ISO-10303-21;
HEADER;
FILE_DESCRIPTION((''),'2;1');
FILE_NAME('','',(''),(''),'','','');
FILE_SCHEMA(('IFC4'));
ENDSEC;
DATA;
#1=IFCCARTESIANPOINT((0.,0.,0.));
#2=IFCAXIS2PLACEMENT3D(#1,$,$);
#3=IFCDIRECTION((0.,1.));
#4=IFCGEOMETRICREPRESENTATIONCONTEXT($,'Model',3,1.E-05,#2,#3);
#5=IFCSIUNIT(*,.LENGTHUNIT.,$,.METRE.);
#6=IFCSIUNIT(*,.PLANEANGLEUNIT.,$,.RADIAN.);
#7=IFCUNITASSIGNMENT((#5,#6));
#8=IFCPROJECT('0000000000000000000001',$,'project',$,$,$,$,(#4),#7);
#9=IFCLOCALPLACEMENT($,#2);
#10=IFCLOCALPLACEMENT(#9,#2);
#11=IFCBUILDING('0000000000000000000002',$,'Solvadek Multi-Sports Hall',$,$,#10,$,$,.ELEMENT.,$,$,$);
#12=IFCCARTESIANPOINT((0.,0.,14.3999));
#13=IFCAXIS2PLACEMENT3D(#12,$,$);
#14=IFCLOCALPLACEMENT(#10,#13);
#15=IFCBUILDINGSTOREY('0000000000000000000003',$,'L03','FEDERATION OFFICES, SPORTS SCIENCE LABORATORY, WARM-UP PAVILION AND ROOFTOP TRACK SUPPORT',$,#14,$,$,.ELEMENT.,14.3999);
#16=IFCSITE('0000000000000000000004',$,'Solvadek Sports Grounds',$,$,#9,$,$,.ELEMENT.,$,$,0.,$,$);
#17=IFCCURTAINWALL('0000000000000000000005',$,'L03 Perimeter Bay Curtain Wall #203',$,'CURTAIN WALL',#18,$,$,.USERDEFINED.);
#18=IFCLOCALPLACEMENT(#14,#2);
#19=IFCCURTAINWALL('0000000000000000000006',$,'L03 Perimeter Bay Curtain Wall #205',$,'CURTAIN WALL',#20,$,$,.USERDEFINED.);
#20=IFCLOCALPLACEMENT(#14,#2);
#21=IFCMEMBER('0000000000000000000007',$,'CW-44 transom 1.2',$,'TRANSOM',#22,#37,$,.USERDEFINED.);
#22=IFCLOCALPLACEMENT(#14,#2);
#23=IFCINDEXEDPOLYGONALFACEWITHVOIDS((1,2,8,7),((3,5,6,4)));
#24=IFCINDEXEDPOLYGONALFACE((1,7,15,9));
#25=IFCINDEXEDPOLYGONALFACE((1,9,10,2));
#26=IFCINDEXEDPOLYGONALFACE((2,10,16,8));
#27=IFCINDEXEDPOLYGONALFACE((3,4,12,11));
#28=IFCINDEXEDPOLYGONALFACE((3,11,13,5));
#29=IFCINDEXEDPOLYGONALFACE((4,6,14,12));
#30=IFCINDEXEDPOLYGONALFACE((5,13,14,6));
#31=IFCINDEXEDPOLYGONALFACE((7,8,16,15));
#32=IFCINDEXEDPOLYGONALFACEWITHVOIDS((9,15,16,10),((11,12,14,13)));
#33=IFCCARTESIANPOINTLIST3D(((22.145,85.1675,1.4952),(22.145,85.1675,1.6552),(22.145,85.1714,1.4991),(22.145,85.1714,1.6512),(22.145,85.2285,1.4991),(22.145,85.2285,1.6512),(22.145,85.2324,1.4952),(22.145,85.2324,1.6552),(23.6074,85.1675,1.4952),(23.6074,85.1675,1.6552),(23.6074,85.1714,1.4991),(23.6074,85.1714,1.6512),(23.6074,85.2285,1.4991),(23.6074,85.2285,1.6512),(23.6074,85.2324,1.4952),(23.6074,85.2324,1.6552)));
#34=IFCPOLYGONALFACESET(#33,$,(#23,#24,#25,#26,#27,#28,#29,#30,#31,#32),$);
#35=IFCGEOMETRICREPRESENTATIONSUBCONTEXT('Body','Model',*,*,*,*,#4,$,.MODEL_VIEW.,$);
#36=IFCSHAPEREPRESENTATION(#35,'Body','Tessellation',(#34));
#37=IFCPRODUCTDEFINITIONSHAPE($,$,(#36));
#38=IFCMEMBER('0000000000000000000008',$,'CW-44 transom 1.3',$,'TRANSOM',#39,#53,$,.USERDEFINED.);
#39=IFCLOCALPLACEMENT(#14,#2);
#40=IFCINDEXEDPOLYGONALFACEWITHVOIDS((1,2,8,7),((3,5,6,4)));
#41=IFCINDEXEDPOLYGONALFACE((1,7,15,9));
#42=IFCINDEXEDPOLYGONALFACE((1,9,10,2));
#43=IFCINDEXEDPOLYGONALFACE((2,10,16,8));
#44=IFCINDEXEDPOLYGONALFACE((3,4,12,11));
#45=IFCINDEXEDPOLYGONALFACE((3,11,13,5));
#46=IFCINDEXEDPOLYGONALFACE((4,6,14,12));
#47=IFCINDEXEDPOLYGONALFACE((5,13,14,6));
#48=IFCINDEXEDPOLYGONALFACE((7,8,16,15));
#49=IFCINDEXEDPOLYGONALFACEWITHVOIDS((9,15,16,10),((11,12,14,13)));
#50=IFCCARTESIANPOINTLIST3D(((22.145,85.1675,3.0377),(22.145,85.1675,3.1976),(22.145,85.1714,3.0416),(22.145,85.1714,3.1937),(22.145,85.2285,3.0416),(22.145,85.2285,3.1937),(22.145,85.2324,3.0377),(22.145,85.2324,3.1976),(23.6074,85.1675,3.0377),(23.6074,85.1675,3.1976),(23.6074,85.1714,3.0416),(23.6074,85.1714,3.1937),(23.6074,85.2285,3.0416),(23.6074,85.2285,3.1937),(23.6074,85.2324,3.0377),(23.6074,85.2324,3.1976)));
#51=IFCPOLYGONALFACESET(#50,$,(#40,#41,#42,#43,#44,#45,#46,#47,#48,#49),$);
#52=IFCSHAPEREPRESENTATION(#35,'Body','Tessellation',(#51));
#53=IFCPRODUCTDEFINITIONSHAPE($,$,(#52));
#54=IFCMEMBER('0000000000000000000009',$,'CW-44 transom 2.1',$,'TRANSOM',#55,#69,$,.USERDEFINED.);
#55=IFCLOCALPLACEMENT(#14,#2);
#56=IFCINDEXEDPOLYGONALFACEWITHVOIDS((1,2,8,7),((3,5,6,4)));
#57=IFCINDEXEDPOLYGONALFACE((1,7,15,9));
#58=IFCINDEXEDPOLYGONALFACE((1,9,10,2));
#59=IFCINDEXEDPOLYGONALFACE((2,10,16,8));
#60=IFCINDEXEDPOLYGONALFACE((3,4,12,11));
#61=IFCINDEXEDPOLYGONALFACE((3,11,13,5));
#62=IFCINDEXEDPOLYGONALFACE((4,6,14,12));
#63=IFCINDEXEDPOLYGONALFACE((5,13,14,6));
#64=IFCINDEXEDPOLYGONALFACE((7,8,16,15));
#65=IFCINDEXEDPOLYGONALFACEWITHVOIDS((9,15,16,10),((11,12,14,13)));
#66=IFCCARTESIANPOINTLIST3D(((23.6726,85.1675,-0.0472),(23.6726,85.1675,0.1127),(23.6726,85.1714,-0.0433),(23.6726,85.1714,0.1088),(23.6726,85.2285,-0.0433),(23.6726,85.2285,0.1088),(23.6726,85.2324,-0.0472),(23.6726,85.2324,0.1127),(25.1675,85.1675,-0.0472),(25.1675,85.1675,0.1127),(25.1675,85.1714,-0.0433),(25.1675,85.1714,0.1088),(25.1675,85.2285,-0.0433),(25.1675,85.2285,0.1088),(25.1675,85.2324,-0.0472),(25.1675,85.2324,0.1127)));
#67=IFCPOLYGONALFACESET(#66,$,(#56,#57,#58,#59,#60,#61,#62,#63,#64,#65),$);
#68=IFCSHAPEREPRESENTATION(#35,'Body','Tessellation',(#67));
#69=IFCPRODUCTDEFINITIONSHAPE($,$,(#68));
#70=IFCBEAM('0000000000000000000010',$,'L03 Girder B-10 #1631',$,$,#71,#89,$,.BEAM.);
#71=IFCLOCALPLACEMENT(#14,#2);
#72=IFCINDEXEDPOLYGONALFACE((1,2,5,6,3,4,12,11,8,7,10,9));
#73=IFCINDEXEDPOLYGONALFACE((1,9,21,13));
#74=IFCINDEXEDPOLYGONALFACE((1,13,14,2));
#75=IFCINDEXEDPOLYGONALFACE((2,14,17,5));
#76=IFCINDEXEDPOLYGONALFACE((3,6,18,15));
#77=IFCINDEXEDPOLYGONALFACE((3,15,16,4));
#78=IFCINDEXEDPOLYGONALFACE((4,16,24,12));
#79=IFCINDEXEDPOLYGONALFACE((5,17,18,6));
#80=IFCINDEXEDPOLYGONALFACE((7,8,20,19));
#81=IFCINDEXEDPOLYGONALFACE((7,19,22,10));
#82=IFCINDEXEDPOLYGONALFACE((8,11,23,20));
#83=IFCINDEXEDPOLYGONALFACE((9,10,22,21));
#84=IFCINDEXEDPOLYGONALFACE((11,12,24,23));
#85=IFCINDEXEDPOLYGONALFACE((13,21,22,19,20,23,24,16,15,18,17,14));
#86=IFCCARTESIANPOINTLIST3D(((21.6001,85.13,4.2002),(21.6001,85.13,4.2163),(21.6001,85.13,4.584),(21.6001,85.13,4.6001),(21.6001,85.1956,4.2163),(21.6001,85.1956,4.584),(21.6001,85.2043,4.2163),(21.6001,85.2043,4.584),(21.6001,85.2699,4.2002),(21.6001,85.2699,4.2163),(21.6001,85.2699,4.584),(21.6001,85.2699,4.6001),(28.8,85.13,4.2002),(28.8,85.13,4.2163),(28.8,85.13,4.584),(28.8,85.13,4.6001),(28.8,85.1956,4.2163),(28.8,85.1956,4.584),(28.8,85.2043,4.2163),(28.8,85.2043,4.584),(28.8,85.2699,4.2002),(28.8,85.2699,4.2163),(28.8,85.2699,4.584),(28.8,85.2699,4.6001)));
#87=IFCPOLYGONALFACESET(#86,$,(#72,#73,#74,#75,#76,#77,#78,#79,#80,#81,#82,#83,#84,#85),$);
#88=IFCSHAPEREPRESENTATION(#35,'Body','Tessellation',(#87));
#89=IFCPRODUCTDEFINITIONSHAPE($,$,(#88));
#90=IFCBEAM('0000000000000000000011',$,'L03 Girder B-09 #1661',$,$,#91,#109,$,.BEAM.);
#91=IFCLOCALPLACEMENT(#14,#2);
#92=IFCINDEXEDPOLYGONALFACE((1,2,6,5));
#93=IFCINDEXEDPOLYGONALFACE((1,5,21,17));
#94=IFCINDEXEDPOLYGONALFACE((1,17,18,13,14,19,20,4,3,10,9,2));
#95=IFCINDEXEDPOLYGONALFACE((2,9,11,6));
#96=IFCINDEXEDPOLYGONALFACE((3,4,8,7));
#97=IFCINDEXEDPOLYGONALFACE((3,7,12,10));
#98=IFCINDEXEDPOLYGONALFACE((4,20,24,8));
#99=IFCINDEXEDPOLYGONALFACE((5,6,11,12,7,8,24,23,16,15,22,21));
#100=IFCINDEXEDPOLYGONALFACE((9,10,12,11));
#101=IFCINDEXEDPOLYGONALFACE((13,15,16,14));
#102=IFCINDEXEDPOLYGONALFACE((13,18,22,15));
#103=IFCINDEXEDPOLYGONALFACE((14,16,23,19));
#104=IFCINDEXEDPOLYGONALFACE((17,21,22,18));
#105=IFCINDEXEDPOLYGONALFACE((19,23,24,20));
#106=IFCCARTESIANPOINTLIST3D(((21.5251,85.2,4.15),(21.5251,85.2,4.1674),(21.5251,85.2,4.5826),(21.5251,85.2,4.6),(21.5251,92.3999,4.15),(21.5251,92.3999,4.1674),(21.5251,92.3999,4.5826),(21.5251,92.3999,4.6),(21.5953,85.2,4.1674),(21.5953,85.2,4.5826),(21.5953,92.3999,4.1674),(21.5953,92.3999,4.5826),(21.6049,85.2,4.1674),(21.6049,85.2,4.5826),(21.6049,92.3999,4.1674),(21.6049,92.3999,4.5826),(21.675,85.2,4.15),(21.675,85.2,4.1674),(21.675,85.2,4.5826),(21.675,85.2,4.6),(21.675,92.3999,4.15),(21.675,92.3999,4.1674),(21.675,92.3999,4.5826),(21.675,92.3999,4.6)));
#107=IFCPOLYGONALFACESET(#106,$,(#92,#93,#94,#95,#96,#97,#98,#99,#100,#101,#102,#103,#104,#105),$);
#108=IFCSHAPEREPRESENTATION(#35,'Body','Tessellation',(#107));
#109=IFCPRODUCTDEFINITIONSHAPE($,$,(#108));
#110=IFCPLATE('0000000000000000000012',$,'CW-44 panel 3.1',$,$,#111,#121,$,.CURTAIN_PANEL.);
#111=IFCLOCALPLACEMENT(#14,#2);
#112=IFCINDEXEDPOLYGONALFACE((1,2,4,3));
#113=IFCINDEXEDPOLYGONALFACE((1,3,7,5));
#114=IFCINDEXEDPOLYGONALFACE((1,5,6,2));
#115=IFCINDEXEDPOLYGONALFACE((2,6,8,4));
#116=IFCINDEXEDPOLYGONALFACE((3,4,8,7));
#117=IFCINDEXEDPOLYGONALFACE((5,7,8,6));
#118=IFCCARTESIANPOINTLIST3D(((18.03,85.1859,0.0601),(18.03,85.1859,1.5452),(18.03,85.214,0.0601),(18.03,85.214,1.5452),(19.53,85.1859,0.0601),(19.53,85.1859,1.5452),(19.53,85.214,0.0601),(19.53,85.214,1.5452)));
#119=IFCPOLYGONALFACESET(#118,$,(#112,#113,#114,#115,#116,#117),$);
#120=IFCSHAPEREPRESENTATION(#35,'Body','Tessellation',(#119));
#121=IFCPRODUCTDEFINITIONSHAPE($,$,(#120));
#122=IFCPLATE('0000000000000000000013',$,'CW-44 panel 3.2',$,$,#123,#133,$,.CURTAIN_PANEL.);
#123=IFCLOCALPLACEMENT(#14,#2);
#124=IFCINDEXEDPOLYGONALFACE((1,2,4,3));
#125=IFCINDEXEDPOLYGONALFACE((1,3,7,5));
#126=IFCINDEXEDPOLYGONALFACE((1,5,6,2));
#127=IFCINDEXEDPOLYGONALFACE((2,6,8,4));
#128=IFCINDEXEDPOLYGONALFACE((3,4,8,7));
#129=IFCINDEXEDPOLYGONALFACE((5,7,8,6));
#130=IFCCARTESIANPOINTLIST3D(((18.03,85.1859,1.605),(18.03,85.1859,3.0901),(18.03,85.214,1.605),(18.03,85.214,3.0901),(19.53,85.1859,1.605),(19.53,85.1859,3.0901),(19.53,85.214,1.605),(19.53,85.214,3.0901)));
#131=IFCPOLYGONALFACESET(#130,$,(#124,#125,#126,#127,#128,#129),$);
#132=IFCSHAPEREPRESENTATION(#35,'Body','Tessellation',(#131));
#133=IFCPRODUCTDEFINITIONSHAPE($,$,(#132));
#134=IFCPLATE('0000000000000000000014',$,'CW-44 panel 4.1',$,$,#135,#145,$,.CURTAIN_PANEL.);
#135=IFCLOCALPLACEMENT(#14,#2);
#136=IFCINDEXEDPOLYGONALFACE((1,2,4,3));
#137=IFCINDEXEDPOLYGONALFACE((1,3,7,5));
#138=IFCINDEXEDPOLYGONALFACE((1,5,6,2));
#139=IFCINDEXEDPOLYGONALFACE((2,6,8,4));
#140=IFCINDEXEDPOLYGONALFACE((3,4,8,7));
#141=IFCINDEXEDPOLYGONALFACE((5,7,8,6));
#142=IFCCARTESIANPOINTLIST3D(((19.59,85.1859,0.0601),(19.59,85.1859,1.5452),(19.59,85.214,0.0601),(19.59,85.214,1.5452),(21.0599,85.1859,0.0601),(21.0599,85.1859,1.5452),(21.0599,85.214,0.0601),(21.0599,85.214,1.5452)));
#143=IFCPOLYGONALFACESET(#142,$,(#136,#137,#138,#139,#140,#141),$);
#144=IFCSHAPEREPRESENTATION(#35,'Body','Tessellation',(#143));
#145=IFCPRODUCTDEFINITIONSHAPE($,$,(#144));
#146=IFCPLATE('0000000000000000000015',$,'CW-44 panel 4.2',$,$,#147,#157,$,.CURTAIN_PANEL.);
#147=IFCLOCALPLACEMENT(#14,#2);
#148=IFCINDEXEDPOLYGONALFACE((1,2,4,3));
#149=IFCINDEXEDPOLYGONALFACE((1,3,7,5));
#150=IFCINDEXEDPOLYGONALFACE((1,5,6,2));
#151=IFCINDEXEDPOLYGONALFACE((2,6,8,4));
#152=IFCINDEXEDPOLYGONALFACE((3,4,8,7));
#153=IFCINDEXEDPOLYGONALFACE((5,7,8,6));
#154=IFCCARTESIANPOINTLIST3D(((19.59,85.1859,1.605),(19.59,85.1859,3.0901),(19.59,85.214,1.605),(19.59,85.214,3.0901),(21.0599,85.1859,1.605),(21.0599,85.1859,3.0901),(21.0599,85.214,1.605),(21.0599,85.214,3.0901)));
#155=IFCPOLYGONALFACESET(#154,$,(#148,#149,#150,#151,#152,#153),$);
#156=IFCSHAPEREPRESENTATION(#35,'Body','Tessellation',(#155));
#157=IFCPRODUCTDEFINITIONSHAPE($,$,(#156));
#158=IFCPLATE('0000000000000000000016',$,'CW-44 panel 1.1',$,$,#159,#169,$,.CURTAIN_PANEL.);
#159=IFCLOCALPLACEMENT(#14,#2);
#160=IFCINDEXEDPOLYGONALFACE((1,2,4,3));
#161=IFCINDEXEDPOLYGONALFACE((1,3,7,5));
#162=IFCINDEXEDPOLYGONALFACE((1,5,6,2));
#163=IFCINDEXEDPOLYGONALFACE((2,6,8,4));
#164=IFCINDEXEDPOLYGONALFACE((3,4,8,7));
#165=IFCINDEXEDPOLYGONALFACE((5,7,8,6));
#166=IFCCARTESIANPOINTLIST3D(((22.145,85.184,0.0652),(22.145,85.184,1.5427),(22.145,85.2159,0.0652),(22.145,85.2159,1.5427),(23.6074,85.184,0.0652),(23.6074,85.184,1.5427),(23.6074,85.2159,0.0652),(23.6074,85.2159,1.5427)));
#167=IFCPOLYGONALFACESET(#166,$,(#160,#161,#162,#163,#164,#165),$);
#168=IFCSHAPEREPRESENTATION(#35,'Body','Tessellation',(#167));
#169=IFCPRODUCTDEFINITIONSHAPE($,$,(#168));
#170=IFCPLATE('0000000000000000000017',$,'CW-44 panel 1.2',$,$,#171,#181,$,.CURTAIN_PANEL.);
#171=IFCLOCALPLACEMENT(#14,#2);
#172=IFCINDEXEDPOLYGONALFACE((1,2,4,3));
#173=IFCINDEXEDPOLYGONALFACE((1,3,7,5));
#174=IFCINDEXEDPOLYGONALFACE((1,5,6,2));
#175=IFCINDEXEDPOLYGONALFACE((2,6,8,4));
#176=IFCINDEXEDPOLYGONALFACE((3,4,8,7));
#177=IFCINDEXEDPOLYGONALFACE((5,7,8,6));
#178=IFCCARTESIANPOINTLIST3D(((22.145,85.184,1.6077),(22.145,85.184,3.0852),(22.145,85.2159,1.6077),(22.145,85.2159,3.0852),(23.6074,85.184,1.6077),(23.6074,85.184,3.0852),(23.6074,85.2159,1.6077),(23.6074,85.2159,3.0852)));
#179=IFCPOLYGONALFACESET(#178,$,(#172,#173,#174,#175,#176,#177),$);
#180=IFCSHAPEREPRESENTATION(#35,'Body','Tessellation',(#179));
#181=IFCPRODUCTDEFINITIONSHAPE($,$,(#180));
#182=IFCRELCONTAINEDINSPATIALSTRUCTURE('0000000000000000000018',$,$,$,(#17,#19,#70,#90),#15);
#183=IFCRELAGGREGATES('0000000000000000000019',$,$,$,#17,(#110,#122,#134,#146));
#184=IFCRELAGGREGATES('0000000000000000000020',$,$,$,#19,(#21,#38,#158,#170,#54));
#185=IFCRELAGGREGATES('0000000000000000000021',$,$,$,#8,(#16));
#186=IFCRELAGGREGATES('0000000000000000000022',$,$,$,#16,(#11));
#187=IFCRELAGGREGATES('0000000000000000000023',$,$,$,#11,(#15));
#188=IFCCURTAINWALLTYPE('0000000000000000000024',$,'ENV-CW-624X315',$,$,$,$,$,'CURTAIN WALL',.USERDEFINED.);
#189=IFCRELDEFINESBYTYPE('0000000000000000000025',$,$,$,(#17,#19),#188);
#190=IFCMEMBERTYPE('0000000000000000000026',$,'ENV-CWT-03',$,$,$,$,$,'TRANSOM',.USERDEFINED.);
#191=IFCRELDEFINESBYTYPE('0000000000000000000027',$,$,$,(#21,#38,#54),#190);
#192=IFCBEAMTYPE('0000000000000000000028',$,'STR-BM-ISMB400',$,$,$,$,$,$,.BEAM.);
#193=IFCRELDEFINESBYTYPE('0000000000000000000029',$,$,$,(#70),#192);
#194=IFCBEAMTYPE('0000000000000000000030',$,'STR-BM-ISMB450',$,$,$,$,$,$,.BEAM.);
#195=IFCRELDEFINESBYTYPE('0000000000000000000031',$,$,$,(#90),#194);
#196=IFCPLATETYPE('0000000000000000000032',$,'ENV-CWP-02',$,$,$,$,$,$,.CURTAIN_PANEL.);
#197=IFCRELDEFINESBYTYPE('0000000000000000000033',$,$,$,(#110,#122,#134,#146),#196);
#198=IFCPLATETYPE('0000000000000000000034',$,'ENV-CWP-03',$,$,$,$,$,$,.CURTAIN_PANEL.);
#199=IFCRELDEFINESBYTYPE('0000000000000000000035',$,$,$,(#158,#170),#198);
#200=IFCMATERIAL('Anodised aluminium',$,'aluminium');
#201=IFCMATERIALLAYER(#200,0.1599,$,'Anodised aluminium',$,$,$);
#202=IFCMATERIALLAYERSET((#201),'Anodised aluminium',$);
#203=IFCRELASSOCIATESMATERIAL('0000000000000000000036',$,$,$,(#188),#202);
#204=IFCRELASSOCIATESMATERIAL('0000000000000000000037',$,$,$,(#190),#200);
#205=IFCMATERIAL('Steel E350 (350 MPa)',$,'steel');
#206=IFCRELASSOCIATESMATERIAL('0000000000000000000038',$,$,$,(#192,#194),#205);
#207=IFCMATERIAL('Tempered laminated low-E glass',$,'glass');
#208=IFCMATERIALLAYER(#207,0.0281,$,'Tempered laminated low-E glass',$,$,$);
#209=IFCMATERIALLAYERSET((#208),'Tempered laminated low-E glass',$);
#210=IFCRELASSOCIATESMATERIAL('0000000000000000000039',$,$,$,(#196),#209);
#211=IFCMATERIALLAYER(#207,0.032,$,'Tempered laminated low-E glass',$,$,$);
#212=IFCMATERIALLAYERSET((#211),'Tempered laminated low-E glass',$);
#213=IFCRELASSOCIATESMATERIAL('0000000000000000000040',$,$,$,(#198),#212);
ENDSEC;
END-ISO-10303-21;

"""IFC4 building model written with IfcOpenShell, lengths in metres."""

from ifc_helpers import new_model, si_unit, direction, frame, origin, origin_2d, place, context, subcontext, project, spatial, rectangle, hollow_rectangle, i_section, extrude, material, layer, layer_set, material_profile, profile_set, type_object, element, aggregate, save


model = new_model("IFC4")

# Units and contexts
model_context = context("Model", 3, precision=1e-05, world=origin(), true_north=direction((0.0, 1.0)))
body_context = subcontext(model_context, "Body", "Model", "MODEL_VIEW")
ifc_project = project(units=[si_unit("LENGTHUNIT", "METRE"), si_unit("PLANEANGLEUNIT", "RADIAN")], contexts=[model_context])

# Site, building, storey
site_placement = place(None, origin())
site = spatial("IfcSite", under=ifc_project, at=site_placement, Name="Solvadek Sports Grounds", CompositionType="ELEMENT", RefElevation=0.0)
building_placement = place(site_placement, origin())
building = spatial("IfcBuilding", under=site, at=building_placement, Name="Solvadek Multi-Sports Hall", CompositionType="ELEMENT")
storey_placement = place(building_placement, frame((0.0, 0.0, 14.3999)))
storey = spatial("IfcBuildingStorey", under=building, at=storey_placement, Name="L03", Description="FEDERATION OFFICES, SPORTS SCIENCE LABORATORY, WARM-UP PAVILION AND ROOFTOP TRACK SUPPORT", CompositionType="ELEMENT", Elevation=14.3999)

# Shared definitions
ifc_material_1 = material(Name="Steel E350 (350 MPa)", Category="steel")

# Curtain walls
ifc_material_2 = material(Name="Anodised aluminium", Category="aluminium")
ifc_layer_1 = layer(ifc_material_2, 0.1599, Name="Anodised aluminium")
ifc_layer_set_1 = layer_set([ifc_layer_1], Name="Anodised aluminium")
curtain_wall_type = type_object("IfcCurtainWallType", Name="ENV-CW-624X315", ElementType="CURTAIN WALL", PredefinedType="USERDEFINED", material=ifc_layer_set_1)
curtain_wall_1_placement = place(storey_placement, origin())
curtain_wall_1 = element("IfcCurtainWall", 1, at=curtain_wall_1_placement, inside=storey, type_object=curtain_wall_type, Name="L03 Perimeter Bay Curtain Wall #203", ObjectType="CURTAIN WALL", PredefinedType="USERDEFINED")
curtain_wall_2_placement = place(storey_placement, origin())
curtain_wall_2 = element("IfcCurtainWall", 2, at=curtain_wall_2_placement, inside=storey, type_object=curtain_wall_type, Name="L03 Perimeter Bay Curtain Wall #205", ObjectType="CURTAIN WALL", PredefinedType="USERDEFINED")

# Members
ifc_material_profile_1 = material_profile(ifc_material_2, hollow_rectangle(XDim=0.0649, YDim=0.1599, WallThickness=0.0039, at=origin_2d()), Name="ALU-T 160x65x4")
ifc_profile_set_1 = profile_set([ifc_material_profile_1], Name="Anodised aluminium")
member_type_1 = type_object("IfcMemberType", Name="ENV-CWT-03", ElementType="TRANSOM", PredefinedType="USERDEFINED", material=ifc_profile_set_1)
member_1_placement = place(storey_placement, frame((22.145, 85.2, 1.5752), z_axis=(1.0, 0.0, 0.0), x_axis=(0.0, 1.0, 0.0)))
member_1 = element("IfcMember", 3, at=member_1_placement, type_object=member_type_1, Name="CW-44 transom 1.2", ObjectType="TRANSOM", PredefinedType="USERDEFINED", context=body_context, shape_type="SweptSolid", body=[
    extrude(hollow_rectangle(XDim=0.0649, YDim=0.1599, WallThickness=0.0039, at=origin_2d()), origin(), (0.0, 0.0, 1.0), 1.4624),
])
member_2_placement = place(storey_placement, frame((22.145, 85.2, 3.1177), z_axis=(1.0, 0.0, 0.0), x_axis=(0.0, 1.0, 0.0)))
member_2 = element("IfcMember", 4, at=member_2_placement, type_object=member_type_1, Name="CW-44 transom 1.3", ObjectType="TRANSOM", PredefinedType="USERDEFINED", context=body_context, shape_type="SweptSolid", body=[
    extrude(hollow_rectangle(XDim=0.0649, YDim=0.1599, WallThickness=0.0039, at=origin_2d()), origin(), (0.0, 0.0, 1.0), 1.4624),
])
member_3_placement = place(storey_placement, frame((23.6726, 85.2, 0.0327), z_axis=(1.0, 0.0, 0.0), x_axis=(0.0, 1.0, 0.0)))
member_3 = element("IfcMember", 5, at=member_3_placement, type_object=member_type_1, Name="CW-44 transom 2.1", ObjectType="TRANSOM", PredefinedType="USERDEFINED", context=body_context, shape_type="SweptSolid", body=[
    extrude(hollow_rectangle(XDim=0.0649, YDim=0.1599, WallThickness=0.0039, at=origin_2d()), origin(), (0.0, 0.0, 1.0), 1.4949),
])

# Beams
ifc_material_profile_2 = material_profile(ifc_material_1, i_section(OverallWidth=0.1399, OverallDepth=0.3999, WebThickness=0.0088, FlangeThickness=0.0161, at=origin_2d()), Name="ISMB 400")
ifc_profile_set_2 = profile_set([ifc_material_profile_2], Name="Steel E350 (350 MPa)")
beam_type_1 = type_object("IfcBeamType", Name="STR-BM-ISMB400", PredefinedType="BEAM", material=ifc_profile_set_2)
beam_1_placement = place(storey_placement, frame((21.6001, 85.2, 4.4001), z_axis=(1.0, 0.0, 0.0), x_axis=(0.0, 1.0, 0.0)))
element("IfcBeam", 6, at=beam_1_placement, inside=storey, type_object=beam_type_1, Name="L03 Girder B-10 #1631", PredefinedType="BEAM", context=body_context, shape_type="SweptSolid", body=[
    extrude(i_section(OverallWidth=0.1399, OverallDepth=0.3999, WebThickness=0.0088, FlangeThickness=0.0161, at=origin_2d()), origin(), (0.0, 0.0, 1.0), 7.2),
])
ifc_material_profile_3 = material_profile(ifc_material_1, i_section(OverallWidth=0.1499, OverallDepth=0.45, WebThickness=0.0095, FlangeThickness=0.0173, at=origin_2d()), Name="ISMB 450")
ifc_profile_set_3 = profile_set([ifc_material_profile_3], Name="Steel E350 (350 MPa)")
beam_type_2 = type_object("IfcBeamType", Name="STR-BM-ISMB450", PredefinedType="BEAM", material=ifc_profile_set_3)
beam_2_placement = place(storey_placement, frame((21.6001, 85.2, 4.375), z_axis=(0.0, 1.0, 0.0), x_axis=(-1.0, 0.0, 0.0)))
element("IfcBeam", 7, at=beam_2_placement, inside=storey, type_object=beam_type_2, Name="L03 Girder B-09 #1661", PredefinedType="BEAM", context=body_context, shape_type="SweptSolid", body=[
    extrude(i_section(OverallWidth=0.1499, OverallDepth=0.45, WebThickness=0.0095, FlangeThickness=0.0173, at=origin_2d()), origin(), (0.0, 0.0, 1.0), 7.2),
])

# Plates
ifc_material_3 = material(Name="Tempered laminated low-E glass", Category="glass")
ifc_layer_2 = layer(ifc_material_3, 0.0281, Name="Tempered laminated low-E glass")
ifc_layer_set_2 = layer_set([ifc_layer_2], Name="Tempered laminated low-E glass")
plate_type_1 = type_object("IfcPlateType", Name="ENV-CWP-02", PredefinedType="CURTAIN_PANEL", material=ifc_layer_set_2)
plate_1_placement = place(storey_placement, frame((18.78, 85.2, 0.0601), z_axis=(0.0, 0.0, 1.0), x_axis=(1.0, 0.0, 0.0)))
plate_1 = element("IfcPlate", 8, at=plate_1_placement, type_object=plate_type_1, Name="CW-44 panel 3.1", PredefinedType="CURTAIN_PANEL", context=body_context, shape_type="SweptSolid", body=[
    extrude(rectangle(XDim=1.5, YDim=0.0281, at=origin_2d()), origin(), (0.0, 0.0, 1.0), 1.4851),
])
plate_2_placement = place(storey_placement, frame((18.78, 85.2, 1.605), z_axis=(0.0, 0.0, 1.0), x_axis=(1.0, 0.0, 0.0)))
plate_2 = element("IfcPlate", 9, at=plate_2_placement, type_object=plate_type_1, Name="CW-44 panel 3.2", PredefinedType="CURTAIN_PANEL", context=body_context, shape_type="SweptSolid", body=[
    extrude(rectangle(XDim=1.5, YDim=0.0281, at=origin_2d()), origin(), (0.0, 0.0, 1.0), 1.4851),
])
plate_3_placement = place(storey_placement, frame((20.325, 85.2, 0.0601), z_axis=(0.0, 0.0, 1.0), x_axis=(1.0, 0.0, 0.0)))
plate_3 = element("IfcPlate", 10, at=plate_3_placement, type_object=plate_type_1, Name="CW-44 panel 4.1", PredefinedType="CURTAIN_PANEL", context=body_context, shape_type="SweptSolid", body=[
    extrude(rectangle(XDim=1.47, YDim=0.0281, at=origin_2d()), origin(), (0.0, 0.0, 1.0), 1.4851),
])
plate_4_placement = place(storey_placement, frame((20.325, 85.2, 1.605), z_axis=(0.0, 0.0, 1.0), x_axis=(1.0, 0.0, 0.0)))
plate_4 = element("IfcPlate", 11, at=plate_4_placement, type_object=plate_type_1, Name="CW-44 panel 4.2", PredefinedType="CURTAIN_PANEL", context=body_context, shape_type="SweptSolid", body=[
    extrude(rectangle(XDim=1.47, YDim=0.0281, at=origin_2d()), origin(), (0.0, 0.0, 1.0), 1.4851),
])
aggregate(curtain_wall_1, [plate_1, plate_2, plate_3, plate_4])
ifc_layer_3 = layer(ifc_material_3, 0.032, Name="Tempered laminated low-E glass")
ifc_layer_set_3 = layer_set([ifc_layer_3], Name="Tempered laminated low-E glass")
plate_type_2 = type_object("IfcPlateType", Name="ENV-CWP-03", PredefinedType="CURTAIN_PANEL", material=ifc_layer_set_3)
plate_5_placement = place(storey_placement, frame((22.8762, 85.2, 0.0652), z_axis=(0.0, 0.0, 1.0), x_axis=(1.0, 0.0, 0.0)))
plate_5 = element("IfcPlate", 12, at=plate_5_placement, type_object=plate_type_2, Name="CW-44 panel 1.1", PredefinedType="CURTAIN_PANEL", context=body_context, shape_type="SweptSolid", body=[
    extrude(rectangle(XDim=1.4624, YDim=0.032, at=origin_2d()), origin(), (0.0, 0.0, 1.0), 1.4775),
])
plate_6_placement = place(storey_placement, frame((22.8762, 85.2, 1.6077), z_axis=(0.0, 0.0, 1.0), x_axis=(1.0, 0.0, 0.0)))
plate_6 = element("IfcPlate", 13, at=plate_6_placement, type_object=plate_type_2, Name="CW-44 panel 1.2", PredefinedType="CURTAIN_PANEL", context=body_context, shape_type="SweptSolid", body=[
    extrude(rectangle(XDim=1.4624, YDim=0.032, at=origin_2d()), origin(), (0.0, 0.0, 1.0), 1.4775),
])
aggregate(curtain_wall_2, [member_1, member_2, plate_5, plate_6, member_3])

save(model, "model.ifc")
